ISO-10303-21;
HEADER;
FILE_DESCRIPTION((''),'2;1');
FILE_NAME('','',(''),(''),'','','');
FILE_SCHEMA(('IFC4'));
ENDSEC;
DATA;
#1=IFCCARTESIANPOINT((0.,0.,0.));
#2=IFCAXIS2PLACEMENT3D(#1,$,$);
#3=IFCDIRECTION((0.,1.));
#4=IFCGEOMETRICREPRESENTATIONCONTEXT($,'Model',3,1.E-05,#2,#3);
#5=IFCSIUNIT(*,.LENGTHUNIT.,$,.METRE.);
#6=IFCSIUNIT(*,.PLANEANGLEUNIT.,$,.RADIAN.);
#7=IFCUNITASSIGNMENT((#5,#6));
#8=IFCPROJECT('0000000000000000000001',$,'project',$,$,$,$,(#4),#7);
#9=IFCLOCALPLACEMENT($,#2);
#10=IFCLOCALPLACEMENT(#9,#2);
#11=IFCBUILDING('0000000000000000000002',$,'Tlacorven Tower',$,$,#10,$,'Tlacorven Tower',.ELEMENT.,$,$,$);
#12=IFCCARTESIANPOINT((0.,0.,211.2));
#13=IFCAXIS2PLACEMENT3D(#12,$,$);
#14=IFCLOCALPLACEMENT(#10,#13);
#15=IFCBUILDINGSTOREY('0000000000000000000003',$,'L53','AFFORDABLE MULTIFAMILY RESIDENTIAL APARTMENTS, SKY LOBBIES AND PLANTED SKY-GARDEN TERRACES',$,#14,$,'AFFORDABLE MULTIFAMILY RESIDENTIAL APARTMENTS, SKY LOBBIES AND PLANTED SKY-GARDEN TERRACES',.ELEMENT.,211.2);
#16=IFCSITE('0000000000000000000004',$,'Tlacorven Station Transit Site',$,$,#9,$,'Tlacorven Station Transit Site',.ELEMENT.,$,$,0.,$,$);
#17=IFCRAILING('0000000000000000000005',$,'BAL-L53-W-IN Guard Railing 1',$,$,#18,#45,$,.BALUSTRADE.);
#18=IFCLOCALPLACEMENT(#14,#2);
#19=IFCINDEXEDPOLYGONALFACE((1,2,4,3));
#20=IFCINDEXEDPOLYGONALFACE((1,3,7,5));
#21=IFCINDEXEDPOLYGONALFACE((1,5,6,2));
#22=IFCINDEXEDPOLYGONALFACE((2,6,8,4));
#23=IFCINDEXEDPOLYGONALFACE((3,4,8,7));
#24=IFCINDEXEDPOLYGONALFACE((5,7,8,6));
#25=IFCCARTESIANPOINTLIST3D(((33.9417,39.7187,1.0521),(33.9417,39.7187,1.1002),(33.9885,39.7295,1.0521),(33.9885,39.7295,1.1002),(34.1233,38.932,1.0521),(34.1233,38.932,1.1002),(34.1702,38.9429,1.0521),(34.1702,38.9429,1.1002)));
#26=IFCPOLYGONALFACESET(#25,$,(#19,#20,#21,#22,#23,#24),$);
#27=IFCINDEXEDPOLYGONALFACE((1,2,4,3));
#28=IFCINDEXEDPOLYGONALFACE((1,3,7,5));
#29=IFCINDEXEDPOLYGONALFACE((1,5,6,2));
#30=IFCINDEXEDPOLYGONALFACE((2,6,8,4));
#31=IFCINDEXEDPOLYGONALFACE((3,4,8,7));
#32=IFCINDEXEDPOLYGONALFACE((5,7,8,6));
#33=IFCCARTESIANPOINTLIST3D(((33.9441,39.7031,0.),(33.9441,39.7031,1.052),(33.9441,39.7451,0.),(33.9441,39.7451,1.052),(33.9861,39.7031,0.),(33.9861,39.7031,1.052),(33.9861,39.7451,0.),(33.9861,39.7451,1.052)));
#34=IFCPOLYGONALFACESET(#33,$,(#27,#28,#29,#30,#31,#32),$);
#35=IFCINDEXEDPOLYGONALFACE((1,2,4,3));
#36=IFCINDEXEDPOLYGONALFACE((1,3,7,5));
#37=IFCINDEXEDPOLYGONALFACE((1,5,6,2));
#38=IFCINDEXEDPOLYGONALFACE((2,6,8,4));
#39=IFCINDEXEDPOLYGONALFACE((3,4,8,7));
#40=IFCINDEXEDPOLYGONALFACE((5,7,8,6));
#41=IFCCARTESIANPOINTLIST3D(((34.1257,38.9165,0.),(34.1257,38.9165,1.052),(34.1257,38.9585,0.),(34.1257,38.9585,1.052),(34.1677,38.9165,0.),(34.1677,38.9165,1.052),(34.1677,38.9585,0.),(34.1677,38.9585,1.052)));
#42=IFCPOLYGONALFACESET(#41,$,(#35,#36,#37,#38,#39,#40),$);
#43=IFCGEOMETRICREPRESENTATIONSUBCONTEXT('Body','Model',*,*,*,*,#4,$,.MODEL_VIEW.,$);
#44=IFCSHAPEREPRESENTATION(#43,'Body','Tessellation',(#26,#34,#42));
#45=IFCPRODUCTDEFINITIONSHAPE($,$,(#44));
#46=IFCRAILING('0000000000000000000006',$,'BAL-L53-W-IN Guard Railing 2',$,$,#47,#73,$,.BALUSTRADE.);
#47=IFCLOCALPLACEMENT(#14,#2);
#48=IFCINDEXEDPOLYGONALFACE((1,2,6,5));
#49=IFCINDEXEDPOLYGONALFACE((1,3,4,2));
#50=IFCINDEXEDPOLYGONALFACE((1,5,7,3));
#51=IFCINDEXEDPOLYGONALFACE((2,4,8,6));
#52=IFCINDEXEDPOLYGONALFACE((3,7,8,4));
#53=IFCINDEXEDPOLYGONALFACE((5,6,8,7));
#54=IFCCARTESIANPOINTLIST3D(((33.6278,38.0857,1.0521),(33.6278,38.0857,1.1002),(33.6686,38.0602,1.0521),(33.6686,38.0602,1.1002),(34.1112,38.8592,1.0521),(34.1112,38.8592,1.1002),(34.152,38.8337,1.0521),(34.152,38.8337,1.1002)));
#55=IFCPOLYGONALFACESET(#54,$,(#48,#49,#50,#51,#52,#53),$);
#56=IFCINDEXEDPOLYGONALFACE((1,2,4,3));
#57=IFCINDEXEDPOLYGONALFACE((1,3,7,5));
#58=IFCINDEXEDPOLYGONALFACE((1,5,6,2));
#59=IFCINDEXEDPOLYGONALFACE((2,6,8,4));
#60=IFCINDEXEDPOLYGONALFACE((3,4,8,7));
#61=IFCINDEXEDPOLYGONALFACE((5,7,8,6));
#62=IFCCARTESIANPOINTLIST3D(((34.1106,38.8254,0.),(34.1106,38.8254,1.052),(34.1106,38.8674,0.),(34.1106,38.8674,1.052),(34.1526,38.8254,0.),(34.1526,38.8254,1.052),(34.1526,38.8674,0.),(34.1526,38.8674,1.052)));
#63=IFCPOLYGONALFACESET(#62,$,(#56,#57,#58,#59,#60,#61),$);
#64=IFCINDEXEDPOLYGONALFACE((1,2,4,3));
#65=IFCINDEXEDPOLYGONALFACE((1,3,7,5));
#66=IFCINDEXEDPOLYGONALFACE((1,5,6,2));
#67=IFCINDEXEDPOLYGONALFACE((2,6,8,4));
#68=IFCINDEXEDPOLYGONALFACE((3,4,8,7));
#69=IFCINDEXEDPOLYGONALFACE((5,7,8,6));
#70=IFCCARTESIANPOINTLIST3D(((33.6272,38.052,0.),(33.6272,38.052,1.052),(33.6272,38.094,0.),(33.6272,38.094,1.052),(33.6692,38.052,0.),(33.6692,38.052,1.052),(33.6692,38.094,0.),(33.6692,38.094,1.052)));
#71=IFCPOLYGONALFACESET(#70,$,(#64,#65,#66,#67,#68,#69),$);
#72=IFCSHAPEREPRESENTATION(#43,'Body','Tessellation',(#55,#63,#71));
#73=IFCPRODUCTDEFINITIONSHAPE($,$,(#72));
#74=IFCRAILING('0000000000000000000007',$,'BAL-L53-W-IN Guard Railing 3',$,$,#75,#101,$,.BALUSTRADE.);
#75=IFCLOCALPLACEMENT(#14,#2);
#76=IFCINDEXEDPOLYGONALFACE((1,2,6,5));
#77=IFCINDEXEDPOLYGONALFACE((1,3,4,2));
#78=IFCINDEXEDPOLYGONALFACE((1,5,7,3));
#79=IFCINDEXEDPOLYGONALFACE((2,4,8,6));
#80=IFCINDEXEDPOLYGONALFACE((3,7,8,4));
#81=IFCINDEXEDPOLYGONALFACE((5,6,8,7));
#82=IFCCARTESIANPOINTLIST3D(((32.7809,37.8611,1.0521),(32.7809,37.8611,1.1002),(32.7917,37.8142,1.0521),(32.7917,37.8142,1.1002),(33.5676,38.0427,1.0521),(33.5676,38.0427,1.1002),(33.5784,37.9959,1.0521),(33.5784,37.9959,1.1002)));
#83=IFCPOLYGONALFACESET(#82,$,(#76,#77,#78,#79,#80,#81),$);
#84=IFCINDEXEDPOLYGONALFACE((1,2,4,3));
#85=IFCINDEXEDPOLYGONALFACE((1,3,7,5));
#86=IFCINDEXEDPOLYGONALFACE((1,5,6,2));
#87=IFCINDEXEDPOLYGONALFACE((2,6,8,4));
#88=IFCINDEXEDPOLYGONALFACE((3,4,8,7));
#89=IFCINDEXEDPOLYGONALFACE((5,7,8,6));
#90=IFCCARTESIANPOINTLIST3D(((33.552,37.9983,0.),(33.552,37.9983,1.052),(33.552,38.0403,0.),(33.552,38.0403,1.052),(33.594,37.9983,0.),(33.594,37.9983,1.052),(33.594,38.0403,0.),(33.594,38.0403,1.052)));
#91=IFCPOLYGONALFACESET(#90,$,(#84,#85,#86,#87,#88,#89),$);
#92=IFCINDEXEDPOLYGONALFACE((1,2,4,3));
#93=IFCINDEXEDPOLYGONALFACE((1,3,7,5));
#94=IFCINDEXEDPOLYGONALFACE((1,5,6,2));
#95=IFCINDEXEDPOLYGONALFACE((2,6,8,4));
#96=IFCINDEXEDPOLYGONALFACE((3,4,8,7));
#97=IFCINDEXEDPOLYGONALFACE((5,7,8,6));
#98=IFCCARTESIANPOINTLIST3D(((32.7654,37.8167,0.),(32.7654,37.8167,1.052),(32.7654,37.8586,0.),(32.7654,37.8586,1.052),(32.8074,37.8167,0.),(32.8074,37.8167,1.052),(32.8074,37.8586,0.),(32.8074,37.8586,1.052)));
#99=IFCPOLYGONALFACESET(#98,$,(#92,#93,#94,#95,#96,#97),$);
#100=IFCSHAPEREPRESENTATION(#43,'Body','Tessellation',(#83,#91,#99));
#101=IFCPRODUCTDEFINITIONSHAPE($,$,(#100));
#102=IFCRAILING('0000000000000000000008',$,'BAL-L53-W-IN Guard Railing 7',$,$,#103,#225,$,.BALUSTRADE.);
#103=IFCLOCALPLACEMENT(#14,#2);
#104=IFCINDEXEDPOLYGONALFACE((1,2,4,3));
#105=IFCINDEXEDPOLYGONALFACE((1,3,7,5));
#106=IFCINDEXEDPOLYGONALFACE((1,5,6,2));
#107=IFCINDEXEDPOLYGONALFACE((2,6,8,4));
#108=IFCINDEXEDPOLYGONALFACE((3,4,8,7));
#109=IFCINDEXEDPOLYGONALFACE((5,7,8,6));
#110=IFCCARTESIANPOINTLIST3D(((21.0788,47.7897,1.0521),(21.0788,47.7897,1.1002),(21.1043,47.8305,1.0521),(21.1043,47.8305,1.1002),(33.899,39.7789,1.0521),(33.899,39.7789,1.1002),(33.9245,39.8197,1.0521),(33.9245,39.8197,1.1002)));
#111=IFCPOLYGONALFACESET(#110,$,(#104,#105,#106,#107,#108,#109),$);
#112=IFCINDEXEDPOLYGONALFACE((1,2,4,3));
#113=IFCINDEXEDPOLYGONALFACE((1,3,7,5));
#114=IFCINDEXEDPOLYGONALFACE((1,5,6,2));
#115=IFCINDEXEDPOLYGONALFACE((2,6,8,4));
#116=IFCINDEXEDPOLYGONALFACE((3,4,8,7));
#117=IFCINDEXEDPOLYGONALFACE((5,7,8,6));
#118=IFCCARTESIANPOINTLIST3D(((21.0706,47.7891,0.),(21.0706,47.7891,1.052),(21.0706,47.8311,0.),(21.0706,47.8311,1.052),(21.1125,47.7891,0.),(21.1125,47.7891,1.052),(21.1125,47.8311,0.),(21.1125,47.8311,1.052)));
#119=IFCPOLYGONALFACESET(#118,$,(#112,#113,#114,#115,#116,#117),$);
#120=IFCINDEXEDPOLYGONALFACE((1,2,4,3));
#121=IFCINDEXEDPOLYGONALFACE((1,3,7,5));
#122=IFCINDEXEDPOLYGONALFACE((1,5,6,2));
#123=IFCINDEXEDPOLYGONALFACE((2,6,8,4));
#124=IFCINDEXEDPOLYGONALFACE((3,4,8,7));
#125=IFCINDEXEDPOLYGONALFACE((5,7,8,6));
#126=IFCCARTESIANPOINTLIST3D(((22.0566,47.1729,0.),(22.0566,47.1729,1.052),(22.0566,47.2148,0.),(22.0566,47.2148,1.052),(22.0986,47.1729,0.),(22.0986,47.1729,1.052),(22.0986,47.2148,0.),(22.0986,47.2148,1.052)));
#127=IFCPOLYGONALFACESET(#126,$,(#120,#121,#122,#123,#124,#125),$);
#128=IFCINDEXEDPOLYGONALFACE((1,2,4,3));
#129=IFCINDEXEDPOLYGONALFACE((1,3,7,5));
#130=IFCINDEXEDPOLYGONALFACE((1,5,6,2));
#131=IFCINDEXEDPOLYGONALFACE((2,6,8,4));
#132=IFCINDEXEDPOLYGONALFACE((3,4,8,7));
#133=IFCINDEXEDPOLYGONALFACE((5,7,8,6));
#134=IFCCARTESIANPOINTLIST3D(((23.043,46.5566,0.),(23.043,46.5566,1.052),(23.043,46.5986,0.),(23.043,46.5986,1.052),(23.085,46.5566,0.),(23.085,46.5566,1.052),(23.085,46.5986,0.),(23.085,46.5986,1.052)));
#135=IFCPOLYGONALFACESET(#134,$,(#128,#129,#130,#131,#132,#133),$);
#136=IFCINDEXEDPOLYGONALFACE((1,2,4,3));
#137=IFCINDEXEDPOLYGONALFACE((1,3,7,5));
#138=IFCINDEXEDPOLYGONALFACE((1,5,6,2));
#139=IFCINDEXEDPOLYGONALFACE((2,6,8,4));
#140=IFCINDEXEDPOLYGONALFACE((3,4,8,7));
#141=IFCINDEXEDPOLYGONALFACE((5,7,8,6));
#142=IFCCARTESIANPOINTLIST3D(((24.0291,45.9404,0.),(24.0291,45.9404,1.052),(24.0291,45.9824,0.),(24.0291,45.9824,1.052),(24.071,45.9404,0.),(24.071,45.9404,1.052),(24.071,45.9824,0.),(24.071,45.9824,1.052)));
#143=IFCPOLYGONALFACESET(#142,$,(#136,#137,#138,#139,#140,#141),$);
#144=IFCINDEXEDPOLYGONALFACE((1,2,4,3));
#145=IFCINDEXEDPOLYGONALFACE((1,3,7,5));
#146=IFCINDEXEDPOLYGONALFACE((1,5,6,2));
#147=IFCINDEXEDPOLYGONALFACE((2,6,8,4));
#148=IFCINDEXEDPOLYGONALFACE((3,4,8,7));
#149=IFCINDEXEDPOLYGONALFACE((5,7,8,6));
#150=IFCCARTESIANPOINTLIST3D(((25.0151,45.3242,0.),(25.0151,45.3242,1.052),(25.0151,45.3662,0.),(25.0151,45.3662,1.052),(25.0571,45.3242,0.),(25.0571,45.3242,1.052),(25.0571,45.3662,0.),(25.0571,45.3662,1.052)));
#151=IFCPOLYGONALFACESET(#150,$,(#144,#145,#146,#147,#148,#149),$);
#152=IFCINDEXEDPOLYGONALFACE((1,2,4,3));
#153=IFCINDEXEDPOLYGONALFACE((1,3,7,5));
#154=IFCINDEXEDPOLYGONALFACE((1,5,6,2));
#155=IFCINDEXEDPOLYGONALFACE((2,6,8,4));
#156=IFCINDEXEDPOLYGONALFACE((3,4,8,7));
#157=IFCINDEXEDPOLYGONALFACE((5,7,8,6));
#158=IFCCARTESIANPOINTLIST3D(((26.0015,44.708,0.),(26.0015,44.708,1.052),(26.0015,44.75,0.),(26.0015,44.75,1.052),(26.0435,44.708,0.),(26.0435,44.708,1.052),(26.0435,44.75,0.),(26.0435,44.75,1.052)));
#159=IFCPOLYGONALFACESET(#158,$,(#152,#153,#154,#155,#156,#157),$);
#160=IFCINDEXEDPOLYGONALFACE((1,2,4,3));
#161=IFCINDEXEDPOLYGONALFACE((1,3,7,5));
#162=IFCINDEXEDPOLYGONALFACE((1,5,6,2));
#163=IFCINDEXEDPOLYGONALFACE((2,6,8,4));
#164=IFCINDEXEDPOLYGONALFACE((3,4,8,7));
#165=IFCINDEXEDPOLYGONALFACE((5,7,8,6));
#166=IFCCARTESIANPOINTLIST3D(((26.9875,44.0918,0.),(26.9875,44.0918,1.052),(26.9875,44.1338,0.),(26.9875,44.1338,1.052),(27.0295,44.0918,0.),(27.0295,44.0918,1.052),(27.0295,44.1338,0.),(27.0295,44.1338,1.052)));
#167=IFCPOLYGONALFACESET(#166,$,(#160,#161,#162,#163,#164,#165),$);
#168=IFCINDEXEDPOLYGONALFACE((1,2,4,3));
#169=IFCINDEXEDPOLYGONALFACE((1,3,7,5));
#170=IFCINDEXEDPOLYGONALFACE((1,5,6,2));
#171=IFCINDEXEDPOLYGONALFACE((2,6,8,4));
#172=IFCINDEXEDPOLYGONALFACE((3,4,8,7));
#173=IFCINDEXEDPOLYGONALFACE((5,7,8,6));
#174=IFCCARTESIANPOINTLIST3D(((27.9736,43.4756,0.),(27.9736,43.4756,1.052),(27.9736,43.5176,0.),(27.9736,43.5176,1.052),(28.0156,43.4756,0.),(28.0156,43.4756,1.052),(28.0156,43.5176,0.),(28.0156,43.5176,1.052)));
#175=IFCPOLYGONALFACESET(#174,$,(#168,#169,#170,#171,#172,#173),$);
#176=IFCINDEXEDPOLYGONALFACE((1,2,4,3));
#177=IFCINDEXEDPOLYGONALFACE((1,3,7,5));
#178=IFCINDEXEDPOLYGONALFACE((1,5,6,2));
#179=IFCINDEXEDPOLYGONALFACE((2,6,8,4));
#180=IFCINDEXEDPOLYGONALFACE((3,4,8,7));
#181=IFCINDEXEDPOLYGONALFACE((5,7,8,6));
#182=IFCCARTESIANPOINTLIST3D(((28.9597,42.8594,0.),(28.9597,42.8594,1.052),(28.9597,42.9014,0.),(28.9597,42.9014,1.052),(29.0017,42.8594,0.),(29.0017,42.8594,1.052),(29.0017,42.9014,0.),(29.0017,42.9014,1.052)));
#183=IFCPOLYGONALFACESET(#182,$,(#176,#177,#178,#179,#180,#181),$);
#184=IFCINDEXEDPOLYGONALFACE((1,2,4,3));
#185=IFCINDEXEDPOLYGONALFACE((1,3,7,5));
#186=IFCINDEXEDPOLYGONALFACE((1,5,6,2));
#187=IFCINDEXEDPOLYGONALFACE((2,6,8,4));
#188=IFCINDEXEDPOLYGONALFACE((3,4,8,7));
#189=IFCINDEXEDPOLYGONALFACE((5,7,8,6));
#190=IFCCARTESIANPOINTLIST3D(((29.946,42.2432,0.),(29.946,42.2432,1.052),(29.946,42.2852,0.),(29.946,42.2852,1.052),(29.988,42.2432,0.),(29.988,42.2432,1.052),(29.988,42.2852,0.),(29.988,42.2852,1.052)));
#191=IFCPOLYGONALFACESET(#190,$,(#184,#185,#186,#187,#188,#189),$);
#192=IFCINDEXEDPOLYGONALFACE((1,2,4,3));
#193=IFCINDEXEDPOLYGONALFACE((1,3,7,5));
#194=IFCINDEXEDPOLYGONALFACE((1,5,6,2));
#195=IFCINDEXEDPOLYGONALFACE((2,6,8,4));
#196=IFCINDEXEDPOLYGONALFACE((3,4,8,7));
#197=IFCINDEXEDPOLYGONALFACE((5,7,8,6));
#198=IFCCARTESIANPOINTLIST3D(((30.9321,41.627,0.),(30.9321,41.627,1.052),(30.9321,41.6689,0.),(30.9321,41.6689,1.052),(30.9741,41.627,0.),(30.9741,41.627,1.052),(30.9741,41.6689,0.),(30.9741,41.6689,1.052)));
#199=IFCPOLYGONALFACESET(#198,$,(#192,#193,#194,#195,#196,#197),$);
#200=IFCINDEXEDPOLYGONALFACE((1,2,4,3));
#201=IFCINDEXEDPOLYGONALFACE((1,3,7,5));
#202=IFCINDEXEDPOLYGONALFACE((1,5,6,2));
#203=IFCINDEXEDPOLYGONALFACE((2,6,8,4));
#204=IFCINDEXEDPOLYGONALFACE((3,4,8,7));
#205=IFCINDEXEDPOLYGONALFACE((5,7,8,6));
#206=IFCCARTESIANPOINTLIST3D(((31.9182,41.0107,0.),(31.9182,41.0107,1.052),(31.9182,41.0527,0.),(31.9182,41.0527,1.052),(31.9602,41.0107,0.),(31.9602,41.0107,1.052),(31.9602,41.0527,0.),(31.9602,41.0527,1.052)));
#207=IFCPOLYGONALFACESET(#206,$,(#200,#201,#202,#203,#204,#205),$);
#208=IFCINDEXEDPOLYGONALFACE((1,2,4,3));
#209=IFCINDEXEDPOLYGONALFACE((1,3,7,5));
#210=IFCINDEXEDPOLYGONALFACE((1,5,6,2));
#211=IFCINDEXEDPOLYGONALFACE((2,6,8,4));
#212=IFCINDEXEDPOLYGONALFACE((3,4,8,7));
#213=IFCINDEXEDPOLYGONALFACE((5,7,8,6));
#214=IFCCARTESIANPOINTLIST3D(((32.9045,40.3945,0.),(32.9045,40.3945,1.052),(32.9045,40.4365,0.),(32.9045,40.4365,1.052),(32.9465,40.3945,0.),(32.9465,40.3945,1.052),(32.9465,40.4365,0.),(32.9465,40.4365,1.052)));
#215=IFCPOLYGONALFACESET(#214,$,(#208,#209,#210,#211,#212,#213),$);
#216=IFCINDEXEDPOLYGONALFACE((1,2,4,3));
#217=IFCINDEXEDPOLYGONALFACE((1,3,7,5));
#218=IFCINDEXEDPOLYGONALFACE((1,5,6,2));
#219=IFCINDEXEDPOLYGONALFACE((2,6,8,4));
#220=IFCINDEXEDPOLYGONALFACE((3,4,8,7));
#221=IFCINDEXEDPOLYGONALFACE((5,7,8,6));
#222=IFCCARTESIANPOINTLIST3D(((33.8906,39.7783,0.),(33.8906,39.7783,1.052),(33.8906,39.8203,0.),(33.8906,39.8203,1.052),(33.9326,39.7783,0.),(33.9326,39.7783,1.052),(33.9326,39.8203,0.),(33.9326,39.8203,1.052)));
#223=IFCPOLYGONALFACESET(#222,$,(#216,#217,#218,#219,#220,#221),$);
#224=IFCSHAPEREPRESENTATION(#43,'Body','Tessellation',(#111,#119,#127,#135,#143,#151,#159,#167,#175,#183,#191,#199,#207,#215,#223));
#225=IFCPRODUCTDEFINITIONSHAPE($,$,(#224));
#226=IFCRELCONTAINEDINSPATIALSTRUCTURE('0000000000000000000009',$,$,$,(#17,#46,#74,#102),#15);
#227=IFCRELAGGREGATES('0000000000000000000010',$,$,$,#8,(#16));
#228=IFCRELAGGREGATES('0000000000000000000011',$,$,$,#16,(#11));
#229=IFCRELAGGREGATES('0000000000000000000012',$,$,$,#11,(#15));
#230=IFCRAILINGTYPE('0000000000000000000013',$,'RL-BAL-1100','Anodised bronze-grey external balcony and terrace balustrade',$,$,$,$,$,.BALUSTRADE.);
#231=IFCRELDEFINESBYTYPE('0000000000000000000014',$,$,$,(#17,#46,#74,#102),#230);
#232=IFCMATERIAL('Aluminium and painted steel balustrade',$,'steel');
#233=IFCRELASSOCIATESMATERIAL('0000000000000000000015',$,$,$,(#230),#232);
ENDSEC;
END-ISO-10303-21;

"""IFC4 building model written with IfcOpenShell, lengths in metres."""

from ifc_helpers import new_model, si_unit, direction, frame, origin, origin_2d, place, context, subcontext, project, spatial, rectangle, extrude, source, transform, mapped, material, type_object, element, save


model = new_model("IFC4")

# Units and contexts
model_context = context("Model", 3, precision=1e-05, world=origin(), true_north=direction((0.0, 1.0)))
body_context = subcontext(model_context, "Body", "Model", "MODEL_VIEW")
ifc_project = project(units=[si_unit("LENGTHUNIT", "METRE"), si_unit("PLANEANGLEUNIT", "RADIAN")], contexts=[model_context])

# Site, building, storey
site_placement = place(None, origin())
site = spatial("IfcSite", under=ifc_project, at=site_placement, Name="Tlacorven Station Transit Site", LongName="Tlacorven Station Transit Site", CompositionType="ELEMENT", RefElevation=0.0)
building_placement = place(site_placement, origin())
building = spatial("IfcBuilding", under=site, at=building_placement, Name="Tlacorven Tower", LongName="Tlacorven Tower", CompositionType="ELEMENT")
storey_placement = place(building_placement, frame((0.0, 0.0, 211.2)))
storey = spatial("IfcBuildingStorey", under=building, at=storey_placement, Name="L53", Description="AFFORDABLE MULTIFAMILY RESIDENTIAL APARTMENTS, SKY LOBBIES AND PLANTED SKY-GARDEN TERRACES", LongName="AFFORDABLE MULTIFAMILY RESIDENTIAL APARTMENTS, SKY LOBBIES AND PLANTED SKY-GARDEN TERRACES", CompositionType="ELEMENT", Elevation=211.2)

# Railings
ifc_material_1 = material(Name="Aluminium and painted steel balustrade", Category="steel")
railing_type = type_object("IfcRailingType", Name="RL-BAL-1100", Description="Anodised bronze-grey external balcony and terrace balustrade", PredefinedType="BALUSTRADE", material=ifc_material_1)
shared_shape_1 = source(origin(), body_context, "Body", "SweptSolid", [
    extrude(rectangle(XDim=0.0481, YDim=0.0481, at=origin_2d()), frame((0.0, 0.0, 1.0762), z_axis=(0.224992, -0.974361, 0.0), x_axis=(0.974361, 0.224992, 0.0)), (0.0, 0.0, 1.0), 0.8074),
    extrude(rectangle(XDim=0.042, YDim=0.042, at=origin_2d()), origin(), (0.0, 0.0, 1.0), 1.052),
    extrude(rectangle(XDim=0.042, YDim=0.042, at=origin_2d()), frame((0.1816, -0.7866, 0.0)), (0.0, 0.0, 1.0), 1.052),
])
railing_1_placement = place(storey_placement, frame((33.9651, 39.7241, 0.0)))
element("IfcRailing", 1, at=railing_1_placement, inside=storey, type_object=railing_type, Name="BAL-L53-W-IN Guard Railing 1", PredefinedType="BALUSTRADE", context=body_context, shape_type="MappedRepresentation", body=[
    mapped(shared_shape_1, transform((0.0, 0.0, 0.0), scale=1.0)),
])
shared_shape_2 = source(origin(), body_context, "Body", "SweptSolid", [
    extrude(rectangle(XDim=0.0481, YDim=0.0481, at=origin_2d()), frame((0.0, 0.0, 1.0762), z_axis=(-0.529999, -0.847998, 0.0), x_axis=(0.847998, -0.529999, 0.0)), (0.0, 0.0, 1.0), 0.9121),
    extrude(rectangle(XDim=0.042, YDim=0.042, at=origin_2d()), origin(), (0.0, 0.0, 1.0), 1.052),
    extrude(rectangle(XDim=0.042, YDim=0.042, at=origin_2d()), frame((-0.4834, -0.7734, 0.0)), (0.0, 0.0, 1.0), 1.052),
])
railing_2_placement = place(storey_placement, frame((34.1316, 38.8464, 0.0)))
element("IfcRailing", 2, at=railing_2_placement, inside=storey, type_object=railing_type, Name="BAL-L53-W-IN Guard Railing 2", PredefinedType="BALUSTRADE", context=body_context, shape_type="MappedRepresentation", body=[
    mapped(shared_shape_2, transform((0.0, 0.0, 0.0), scale=1.0)),
])
shared_shape_3 = source(origin(), body_context, "Body", "SweptSolid", [
    extrude(rectangle(XDim=0.0481, YDim=0.0481, at=origin_2d()), frame((0.0, 0.0, 1.0762), z_axis=(-0.974361, -0.224992, 0.0), x_axis=(0.224992, -0.974361, 0.0)), (0.0, 0.0, 1.0), 0.8074),
    extrude(rectangle(XDim=0.042, YDim=0.042, at=origin_2d()), origin(), (0.0, 0.0, 1.0), 1.052),
    extrude(rectangle(XDim=0.042, YDim=0.042, at=origin_2d()), frame((-0.7866, -0.1816, 0.0)), (0.0, 0.0, 1.0), 1.052),
])
railing_3_placement = place(storey_placement, frame((33.573, 38.0193, 0.0)))
element("IfcRailing", 3, at=railing_3_placement, inside=storey, type_object=railing_type, Name="BAL-L53-W-IN Guard Railing 3", PredefinedType="BALUSTRADE", context=body_context, shape_type="MappedRepresentation", body=[
    mapped(shared_shape_3, transform((0.0, 0.0, 0.0), scale=1.0)),
])
shared_shape_4 = source(origin(), body_context, "Body", "SweptSolid", [
    extrude(rectangle(XDim=0.0481, YDim=0.0481, at=origin_2d()), frame((0.0, 0.0, 1.0762), z_axis=(0.848052, -0.529913, 0.0), x_axis=(0.529913, 0.848052, 0.0)), (0.0, 0.0, 1.0), 15.1172),
    extrude(rectangle(XDim=0.042, YDim=0.042, at=origin_2d()), origin(), (0.0, 0.0, 1.0), 1.052),
    extrude(rectangle(XDim=0.042, YDim=0.042, at=origin_2d()), frame((0.9861, -0.6162, 0.0)), (0.0, 0.0, 1.0), 1.052),
    extrude(rectangle(XDim=0.042, YDim=0.042, at=origin_2d()), frame((1.9724, -1.2324, 0.0)), (0.0, 0.0, 1.0), 1.052),
    extrude(rectangle(XDim=0.042, YDim=0.042, at=origin_2d()), frame((2.9585, -1.8486, 0.0)), (0.0, 0.0, 1.0), 1.052),
    extrude(rectangle(XDim=0.042, YDim=0.042, at=origin_2d()), frame((3.9446, -2.4648, 0.0)), (0.0, 0.0, 1.0), 1.052),
    extrude(rectangle(XDim=0.042, YDim=0.042, at=origin_2d()), frame((4.9309, -3.0811, 0.0)), (0.0, 0.0, 1.0), 1.052),
    extrude(rectangle(XDim=0.042, YDim=0.042, at=origin_2d()), frame((5.917, -3.6973, 0.0)), (0.0, 0.0, 1.0), 1.052),
    extrude(rectangle(XDim=0.042, YDim=0.042, at=origin_2d()), frame((6.9031, -4.3135, 0.0)), (0.0, 0.0, 1.0), 1.052),
    extrude(rectangle(XDim=0.042, YDim=0.042, at=origin_2d()), frame((7.8892, -4.9297, 0.0)), (0.0, 0.0, 1.0), 1.052),
    extrude(rectangle(XDim=0.042, YDim=0.042, at=origin_2d()), frame((8.8755, -5.5459, 0.0)), (0.0, 0.0, 1.0), 1.052),
    extrude(rectangle(XDim=0.042, YDim=0.042, at=origin_2d()), frame((9.8616, -6.1621, 0.0)), (0.0, 0.0, 1.0), 1.052),
    extrude(rectangle(XDim=0.042, YDim=0.042, at=origin_2d()), frame((10.8477, -6.7783, 0.0)), (0.0, 0.0, 1.0), 1.052),
    extrude(rectangle(XDim=0.042, YDim=0.042, at=origin_2d()), frame((11.834, -7.3945, 0.0)), (0.0, 0.0, 1.0), 1.052),
    extrude(rectangle(XDim=0.042, YDim=0.042, at=origin_2d()), frame((12.8201, -8.0107, 0.0)), (0.0, 0.0, 1.0), 1.052),
])
railing_4_placement = place(storey_placement, frame((21.0916, 47.8101, 0.0)))
element("IfcRailing", 4, at=railing_4_placement, inside=storey, type_object=railing_type, Name="BAL-L53-W-IN Guard Railing 7", PredefinedType="BALUSTRADE", context=body_context, shape_type="MappedRepresentation", body=[
    mapped(shared_shape_4, transform((0.0, 0.0, 0.0), scale=1.0)),
])

save(model, "model.ifc")
